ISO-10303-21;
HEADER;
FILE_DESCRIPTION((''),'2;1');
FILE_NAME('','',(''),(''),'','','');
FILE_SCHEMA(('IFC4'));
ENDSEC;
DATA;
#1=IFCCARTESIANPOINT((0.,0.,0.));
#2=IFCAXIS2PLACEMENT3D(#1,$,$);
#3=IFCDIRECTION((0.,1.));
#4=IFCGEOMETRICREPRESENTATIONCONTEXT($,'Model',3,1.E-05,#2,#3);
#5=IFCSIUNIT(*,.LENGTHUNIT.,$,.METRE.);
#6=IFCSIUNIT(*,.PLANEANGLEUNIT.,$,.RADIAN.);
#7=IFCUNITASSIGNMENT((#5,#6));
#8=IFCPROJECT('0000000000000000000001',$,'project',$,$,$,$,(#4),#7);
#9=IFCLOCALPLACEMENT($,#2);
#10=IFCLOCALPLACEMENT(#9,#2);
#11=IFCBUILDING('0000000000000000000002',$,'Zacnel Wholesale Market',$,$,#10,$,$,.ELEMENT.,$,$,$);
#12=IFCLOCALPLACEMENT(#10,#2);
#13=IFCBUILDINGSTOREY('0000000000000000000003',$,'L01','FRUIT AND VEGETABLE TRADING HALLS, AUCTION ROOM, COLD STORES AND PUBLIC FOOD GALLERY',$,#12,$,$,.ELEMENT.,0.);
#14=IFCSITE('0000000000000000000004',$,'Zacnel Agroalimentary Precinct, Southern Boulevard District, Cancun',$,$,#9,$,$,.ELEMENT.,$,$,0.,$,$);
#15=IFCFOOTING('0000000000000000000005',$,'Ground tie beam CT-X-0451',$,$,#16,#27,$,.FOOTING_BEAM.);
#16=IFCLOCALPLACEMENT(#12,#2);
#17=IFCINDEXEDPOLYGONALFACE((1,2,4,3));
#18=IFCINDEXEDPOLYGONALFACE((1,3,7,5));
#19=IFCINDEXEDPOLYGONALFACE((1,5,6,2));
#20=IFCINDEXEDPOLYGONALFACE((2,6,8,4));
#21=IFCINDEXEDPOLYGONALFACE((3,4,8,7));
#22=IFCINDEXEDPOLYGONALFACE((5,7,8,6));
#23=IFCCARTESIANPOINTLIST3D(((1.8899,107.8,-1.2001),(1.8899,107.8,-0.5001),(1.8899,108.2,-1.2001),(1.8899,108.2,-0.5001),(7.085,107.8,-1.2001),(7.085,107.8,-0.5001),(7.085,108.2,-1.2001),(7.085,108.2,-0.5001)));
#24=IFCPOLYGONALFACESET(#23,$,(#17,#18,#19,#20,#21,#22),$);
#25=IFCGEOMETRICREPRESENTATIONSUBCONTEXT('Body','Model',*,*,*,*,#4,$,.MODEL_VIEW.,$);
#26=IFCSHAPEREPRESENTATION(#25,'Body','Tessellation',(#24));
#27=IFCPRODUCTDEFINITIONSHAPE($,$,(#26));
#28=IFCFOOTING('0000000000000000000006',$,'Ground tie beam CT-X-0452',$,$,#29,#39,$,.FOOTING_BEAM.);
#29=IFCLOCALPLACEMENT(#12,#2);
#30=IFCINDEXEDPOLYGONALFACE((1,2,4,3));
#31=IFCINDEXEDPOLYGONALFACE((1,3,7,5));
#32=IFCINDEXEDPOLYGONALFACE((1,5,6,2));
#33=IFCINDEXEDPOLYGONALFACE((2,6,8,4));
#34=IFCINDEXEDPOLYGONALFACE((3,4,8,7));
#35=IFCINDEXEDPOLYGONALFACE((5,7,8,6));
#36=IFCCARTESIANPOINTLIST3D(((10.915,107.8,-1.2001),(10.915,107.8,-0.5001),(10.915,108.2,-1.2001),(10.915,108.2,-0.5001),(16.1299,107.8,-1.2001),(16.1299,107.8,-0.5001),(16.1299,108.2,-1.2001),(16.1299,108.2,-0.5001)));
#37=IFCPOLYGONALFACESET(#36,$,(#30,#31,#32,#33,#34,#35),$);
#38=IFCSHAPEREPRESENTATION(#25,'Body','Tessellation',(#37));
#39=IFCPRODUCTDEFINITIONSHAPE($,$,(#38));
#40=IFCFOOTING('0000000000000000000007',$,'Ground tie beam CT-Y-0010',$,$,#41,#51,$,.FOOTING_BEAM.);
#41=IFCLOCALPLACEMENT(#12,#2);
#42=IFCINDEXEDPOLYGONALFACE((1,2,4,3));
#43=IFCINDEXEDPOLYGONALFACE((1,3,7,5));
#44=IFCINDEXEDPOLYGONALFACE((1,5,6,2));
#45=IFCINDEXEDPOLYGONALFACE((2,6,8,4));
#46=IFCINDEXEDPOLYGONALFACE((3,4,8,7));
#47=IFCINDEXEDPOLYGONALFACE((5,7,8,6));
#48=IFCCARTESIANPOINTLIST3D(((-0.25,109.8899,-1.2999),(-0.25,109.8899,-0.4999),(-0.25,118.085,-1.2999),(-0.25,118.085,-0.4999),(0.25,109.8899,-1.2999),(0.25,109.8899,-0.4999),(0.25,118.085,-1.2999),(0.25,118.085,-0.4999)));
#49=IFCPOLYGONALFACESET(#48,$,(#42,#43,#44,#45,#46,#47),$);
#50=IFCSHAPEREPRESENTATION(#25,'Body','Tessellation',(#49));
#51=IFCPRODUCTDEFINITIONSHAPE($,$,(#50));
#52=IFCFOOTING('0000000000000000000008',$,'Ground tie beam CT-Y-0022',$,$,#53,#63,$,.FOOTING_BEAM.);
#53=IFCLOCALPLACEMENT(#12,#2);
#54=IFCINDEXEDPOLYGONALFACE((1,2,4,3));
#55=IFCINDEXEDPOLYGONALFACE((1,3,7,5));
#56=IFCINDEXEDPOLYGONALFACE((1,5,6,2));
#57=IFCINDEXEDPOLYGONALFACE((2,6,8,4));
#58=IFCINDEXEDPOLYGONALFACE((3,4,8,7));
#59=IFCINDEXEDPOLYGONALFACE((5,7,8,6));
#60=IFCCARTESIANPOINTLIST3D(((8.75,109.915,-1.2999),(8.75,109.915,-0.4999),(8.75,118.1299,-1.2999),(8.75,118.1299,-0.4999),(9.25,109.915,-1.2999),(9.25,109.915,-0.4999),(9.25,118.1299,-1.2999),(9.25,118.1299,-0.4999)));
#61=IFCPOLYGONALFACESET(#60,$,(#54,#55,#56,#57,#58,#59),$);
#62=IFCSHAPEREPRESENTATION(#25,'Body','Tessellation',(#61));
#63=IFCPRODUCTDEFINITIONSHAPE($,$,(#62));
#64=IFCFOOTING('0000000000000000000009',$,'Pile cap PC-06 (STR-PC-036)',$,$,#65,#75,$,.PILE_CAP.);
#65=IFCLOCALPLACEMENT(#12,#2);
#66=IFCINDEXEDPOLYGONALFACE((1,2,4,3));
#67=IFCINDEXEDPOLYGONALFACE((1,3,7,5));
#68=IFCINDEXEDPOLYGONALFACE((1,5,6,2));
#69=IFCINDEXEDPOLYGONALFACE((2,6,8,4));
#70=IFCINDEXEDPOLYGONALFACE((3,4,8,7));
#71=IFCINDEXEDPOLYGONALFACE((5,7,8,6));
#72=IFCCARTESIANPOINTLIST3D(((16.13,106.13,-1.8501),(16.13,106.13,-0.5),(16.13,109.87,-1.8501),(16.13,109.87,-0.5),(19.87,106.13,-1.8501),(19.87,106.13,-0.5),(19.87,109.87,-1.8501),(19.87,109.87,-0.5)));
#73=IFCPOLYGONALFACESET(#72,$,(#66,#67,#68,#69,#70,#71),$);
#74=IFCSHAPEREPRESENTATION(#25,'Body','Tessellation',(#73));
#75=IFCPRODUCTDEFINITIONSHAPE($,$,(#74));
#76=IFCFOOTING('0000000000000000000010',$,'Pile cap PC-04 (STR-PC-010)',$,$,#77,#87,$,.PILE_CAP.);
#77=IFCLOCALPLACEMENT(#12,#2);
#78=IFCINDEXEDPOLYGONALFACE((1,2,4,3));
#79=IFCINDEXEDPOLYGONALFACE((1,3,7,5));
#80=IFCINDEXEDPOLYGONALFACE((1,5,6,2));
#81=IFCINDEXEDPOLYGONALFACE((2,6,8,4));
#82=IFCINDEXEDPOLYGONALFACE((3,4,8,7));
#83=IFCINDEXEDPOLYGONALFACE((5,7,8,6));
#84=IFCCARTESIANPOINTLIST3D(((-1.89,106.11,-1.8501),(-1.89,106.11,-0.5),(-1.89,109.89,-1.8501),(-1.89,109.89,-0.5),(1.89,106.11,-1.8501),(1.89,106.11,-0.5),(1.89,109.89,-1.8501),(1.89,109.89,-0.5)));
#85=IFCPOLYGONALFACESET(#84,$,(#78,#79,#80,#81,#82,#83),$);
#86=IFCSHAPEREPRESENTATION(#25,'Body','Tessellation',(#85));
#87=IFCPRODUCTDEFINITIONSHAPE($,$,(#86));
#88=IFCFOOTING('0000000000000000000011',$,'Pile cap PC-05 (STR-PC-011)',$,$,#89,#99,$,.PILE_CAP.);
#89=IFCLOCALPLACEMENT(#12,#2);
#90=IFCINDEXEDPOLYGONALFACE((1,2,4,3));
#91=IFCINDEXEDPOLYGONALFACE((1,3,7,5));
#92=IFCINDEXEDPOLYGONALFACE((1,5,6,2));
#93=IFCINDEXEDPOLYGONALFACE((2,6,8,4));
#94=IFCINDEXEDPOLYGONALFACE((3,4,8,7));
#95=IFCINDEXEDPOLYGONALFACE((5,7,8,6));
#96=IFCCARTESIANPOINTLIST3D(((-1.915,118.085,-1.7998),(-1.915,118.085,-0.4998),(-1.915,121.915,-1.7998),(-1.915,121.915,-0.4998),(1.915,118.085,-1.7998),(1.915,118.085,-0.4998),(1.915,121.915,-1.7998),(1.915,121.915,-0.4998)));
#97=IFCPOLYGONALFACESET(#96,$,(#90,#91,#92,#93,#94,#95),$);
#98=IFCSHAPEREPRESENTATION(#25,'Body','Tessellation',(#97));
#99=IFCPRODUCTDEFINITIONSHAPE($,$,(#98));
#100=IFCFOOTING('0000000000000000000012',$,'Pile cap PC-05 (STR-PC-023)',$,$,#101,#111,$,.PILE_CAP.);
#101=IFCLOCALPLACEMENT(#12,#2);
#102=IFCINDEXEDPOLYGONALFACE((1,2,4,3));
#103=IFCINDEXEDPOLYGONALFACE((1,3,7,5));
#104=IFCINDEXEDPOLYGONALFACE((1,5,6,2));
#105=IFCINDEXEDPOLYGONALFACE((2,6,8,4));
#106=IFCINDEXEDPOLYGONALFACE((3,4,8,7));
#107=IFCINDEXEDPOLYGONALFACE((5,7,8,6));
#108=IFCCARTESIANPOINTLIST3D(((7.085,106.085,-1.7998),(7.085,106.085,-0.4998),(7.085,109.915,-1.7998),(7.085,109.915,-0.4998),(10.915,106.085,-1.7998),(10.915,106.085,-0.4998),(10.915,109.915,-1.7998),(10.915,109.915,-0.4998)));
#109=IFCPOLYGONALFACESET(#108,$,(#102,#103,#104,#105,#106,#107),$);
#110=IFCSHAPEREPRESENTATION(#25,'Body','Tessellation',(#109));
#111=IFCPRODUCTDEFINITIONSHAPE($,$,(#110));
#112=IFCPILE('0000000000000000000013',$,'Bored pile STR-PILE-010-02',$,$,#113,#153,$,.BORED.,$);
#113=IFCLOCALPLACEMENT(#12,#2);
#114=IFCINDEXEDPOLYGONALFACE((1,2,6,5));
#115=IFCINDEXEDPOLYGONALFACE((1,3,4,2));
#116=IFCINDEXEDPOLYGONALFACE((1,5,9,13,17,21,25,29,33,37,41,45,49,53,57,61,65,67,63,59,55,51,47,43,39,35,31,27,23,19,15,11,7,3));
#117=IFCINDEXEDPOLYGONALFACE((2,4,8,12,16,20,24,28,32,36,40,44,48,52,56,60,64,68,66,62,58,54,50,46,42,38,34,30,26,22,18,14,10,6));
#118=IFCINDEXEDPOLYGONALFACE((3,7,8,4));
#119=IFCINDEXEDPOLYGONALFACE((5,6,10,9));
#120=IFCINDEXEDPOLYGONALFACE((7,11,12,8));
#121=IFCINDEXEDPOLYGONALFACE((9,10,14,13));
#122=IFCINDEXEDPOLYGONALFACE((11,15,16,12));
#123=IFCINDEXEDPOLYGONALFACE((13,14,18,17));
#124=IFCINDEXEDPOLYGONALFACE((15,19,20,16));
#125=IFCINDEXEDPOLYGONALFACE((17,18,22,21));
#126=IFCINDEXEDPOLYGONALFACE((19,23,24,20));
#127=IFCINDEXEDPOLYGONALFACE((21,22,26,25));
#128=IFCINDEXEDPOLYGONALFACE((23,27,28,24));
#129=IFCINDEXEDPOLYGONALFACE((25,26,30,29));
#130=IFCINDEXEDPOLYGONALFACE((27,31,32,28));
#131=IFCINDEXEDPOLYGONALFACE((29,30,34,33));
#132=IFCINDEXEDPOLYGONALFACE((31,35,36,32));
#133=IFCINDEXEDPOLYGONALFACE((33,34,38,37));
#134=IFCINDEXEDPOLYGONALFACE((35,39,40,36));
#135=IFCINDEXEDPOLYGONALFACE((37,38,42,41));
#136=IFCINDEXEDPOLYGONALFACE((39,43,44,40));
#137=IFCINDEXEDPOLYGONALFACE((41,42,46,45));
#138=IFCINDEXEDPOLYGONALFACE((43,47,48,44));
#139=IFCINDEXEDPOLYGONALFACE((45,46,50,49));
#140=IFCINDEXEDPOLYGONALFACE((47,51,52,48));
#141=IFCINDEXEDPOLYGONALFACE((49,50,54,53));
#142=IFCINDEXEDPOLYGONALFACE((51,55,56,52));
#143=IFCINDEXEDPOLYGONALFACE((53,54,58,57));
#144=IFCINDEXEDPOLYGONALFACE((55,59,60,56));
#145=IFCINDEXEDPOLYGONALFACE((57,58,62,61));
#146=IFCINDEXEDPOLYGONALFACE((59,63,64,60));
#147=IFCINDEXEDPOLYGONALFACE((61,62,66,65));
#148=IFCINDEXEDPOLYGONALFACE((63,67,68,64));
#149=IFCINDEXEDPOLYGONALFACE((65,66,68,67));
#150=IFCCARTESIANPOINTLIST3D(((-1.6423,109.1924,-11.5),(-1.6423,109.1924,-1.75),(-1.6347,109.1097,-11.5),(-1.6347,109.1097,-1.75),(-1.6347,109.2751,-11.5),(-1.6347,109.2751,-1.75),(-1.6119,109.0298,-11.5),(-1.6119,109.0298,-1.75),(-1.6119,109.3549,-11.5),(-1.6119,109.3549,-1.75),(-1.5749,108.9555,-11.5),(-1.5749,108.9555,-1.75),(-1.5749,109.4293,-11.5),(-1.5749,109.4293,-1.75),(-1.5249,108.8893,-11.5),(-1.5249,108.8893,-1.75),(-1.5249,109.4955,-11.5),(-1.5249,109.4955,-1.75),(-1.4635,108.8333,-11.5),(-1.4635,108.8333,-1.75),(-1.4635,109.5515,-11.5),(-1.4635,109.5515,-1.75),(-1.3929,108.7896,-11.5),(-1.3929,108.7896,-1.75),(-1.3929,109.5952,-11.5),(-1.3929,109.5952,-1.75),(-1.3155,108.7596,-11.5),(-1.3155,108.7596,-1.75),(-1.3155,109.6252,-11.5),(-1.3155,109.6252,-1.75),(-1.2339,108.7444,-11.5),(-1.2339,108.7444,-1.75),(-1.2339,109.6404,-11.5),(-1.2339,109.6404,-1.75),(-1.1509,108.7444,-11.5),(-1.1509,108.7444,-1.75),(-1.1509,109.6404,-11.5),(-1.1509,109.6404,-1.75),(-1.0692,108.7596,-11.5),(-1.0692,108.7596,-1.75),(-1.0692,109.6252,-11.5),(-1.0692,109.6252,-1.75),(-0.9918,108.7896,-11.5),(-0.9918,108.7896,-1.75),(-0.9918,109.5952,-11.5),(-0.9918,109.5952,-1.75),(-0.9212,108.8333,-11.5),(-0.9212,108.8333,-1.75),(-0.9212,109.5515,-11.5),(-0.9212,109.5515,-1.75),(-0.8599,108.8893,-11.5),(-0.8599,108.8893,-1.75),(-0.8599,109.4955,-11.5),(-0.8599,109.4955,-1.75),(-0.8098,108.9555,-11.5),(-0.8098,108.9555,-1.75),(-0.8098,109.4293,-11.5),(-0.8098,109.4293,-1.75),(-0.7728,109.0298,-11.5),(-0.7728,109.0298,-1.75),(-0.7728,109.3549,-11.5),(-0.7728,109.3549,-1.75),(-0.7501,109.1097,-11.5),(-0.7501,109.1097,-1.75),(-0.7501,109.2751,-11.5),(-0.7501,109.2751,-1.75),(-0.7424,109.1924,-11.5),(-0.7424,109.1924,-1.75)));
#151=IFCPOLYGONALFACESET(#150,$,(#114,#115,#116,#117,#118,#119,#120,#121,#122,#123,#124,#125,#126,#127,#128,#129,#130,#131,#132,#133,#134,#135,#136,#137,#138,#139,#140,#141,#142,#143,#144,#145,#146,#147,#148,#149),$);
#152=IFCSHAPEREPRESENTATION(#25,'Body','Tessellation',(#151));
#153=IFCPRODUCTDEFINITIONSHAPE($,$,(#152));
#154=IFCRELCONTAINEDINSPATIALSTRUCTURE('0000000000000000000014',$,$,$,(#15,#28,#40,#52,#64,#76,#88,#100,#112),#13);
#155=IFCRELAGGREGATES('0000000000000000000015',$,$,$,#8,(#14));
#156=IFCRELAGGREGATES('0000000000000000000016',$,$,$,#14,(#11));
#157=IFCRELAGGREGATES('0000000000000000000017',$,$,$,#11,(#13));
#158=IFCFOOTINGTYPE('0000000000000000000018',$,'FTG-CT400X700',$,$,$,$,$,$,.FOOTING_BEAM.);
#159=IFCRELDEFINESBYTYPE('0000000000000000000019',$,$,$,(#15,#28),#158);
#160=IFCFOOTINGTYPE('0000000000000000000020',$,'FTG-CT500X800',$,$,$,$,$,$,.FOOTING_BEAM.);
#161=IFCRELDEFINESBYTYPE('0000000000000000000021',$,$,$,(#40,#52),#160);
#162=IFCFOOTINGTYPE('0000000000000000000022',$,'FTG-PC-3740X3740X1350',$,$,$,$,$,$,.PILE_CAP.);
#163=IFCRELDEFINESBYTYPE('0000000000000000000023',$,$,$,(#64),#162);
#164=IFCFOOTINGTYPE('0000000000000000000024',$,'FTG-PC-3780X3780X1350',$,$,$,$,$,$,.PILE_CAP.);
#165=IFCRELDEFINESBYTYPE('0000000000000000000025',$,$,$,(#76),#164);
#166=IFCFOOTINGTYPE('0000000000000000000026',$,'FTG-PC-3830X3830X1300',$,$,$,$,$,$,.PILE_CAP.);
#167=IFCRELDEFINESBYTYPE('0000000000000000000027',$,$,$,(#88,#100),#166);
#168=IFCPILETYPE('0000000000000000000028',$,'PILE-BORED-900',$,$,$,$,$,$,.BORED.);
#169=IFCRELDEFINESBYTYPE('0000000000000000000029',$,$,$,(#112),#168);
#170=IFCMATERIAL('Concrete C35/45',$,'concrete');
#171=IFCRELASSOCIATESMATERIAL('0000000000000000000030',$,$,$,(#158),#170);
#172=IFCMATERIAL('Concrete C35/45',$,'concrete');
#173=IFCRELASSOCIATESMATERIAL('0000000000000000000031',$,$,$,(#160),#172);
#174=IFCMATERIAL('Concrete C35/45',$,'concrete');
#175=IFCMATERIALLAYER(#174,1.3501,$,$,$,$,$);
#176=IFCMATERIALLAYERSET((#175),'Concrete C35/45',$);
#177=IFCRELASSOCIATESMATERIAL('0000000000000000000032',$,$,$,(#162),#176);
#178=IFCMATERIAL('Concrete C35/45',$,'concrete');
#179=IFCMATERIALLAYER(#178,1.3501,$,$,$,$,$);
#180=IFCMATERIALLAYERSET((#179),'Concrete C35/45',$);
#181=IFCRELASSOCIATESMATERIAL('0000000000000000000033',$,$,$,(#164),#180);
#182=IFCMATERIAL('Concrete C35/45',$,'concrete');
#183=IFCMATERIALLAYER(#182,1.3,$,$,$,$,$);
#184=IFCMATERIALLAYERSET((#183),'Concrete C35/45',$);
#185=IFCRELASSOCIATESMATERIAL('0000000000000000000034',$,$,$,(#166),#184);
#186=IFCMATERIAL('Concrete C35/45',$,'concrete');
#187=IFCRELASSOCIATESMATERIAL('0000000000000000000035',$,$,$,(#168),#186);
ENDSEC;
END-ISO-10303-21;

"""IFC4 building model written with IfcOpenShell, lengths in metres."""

from ifc_helpers import new_model, si_unit, direction, frame, origin, origin_2d, place, context, subcontext, project, spatial, rectangle, circle, extrude, material, layer, layer_set, material_profile, profile_set, type_object, element, save


model = new_model("IFC4")

# Units and contexts
model_context = context("Model", 3, precision=1e-05, world=origin(), true_north=direction((0.0, 1.0)))
body_context = subcontext(model_context, "Body", "Model", "MODEL_VIEW")
ifc_project = project(units=[si_unit("LENGTHUNIT", "METRE"), si_unit("PLANEANGLEUNIT", "RADIAN")], contexts=[model_context])

# Site, building, storey
site_placement = place(None, origin())
site = spatial("IfcSite", under=ifc_project, at=site_placement, Name="Zacnel Agroalimentary Precinct, Southern Boulevard District, Cancun", CompositionType="ELEMENT", RefElevation=0.0)
building_placement = place(site_placement, origin())
building = spatial("IfcBuilding", under=site, at=building_placement, Name="Zacnel Wholesale Market", CompositionType="ELEMENT")
storey_placement = place(building_placement, origin())
storey = spatial("IfcBuildingStorey", under=building, at=storey_placement, Name="L01", Description="FRUIT AND VEGETABLE TRADING HALLS, AUCTION ROOM, COLD STORES AND PUBLIC FOOD GALLERY", CompositionType="ELEMENT", Elevation=0.0)

# Footings
ifc_material_1 = material(Name="Concrete C35/45", Category="concrete")
ifc_material_profile_1 = material_profile(ifc_material_1, rectangle(XDim=0.3999, YDim=0.7, at=origin_2d()), Name="CT 400x700")
ifc_profile_set_1 = profile_set([ifc_material_profile_1], Name="Concrete C35/45")
footing_type_1 = type_object("IfcFootingType", Name="FTG-CT400X700", PredefinedType="FOOTING_BEAM", material=ifc_profile_set_1)
footing_1_placement = place(storey_placement, frame((1.8899, 108.0, -0.8501), z_axis=(1.0, 0.0, 0.0), x_axis=(0.0, 1.0, 0.0)))
element("IfcFooting", 1, at=footing_1_placement, inside=storey, type_object=footing_type_1, Name="Ground tie beam CT-X-0451", PredefinedType="FOOTING_BEAM", context=body_context, shape_type="SweptSolid", body=[
    extrude(rectangle(XDim=0.3999, YDim=0.7, at=origin_2d()), origin(), (0.0, 0.0, 1.0), 5.1951),
])
footing_2_placement = place(storey_placement, frame((10.915, 108.0, -0.8501), z_axis=(1.0, 0.0, 0.0), x_axis=(0.0, 1.0, 0.0)))
element("IfcFooting", 2, at=footing_2_placement, inside=storey, type_object=footing_type_1, Name="Ground tie beam CT-X-0452", PredefinedType="FOOTING_BEAM", context=body_context, shape_type="SweptSolid", body=[
    extrude(rectangle(XDim=0.3999, YDim=0.7, at=origin_2d()), origin(), (0.0, 0.0, 1.0), 5.2148),
])
ifc_material_2 = material(Name="Concrete C35/45", Category="concrete")
ifc_material_profile_2 = material_profile(ifc_material_2, rectangle(XDim=0.5, YDim=0.8, at=origin_2d()), Name="CT 500x800")
ifc_profile_set_2 = profile_set([ifc_material_profile_2], Name="Concrete C35/45")
footing_type_2 = type_object("IfcFootingType", Name="FTG-CT500X800", PredefinedType="FOOTING_BEAM", material=ifc_profile_set_2)
footing_3_placement = place(storey_placement, frame((0.0, 109.8899, -0.8999), z_axis=(0.0, 1.0, 0.0), x_axis=(-1.0, 0.0, 0.0)))
element("IfcFooting", 3, at=footing_3_placement, inside=storey, type_object=footing_type_2, Name="Ground tie beam CT-Y-0010", PredefinedType="FOOTING_BEAM", context=body_context, shape_type="SweptSolid", body=[
    extrude(rectangle(XDim=0.5, YDim=0.8, at=origin_2d()), origin(), (0.0, 0.0, 1.0), 8.1951),
])
footing_4_placement = place(storey_placement, frame((9.0, 109.915, -0.8999), z_axis=(0.0, 1.0, 0.0), x_axis=(-1.0, 0.0, 0.0)))
element("IfcFooting", 4, at=footing_4_placement, inside=storey, type_object=footing_type_2, Name="Ground tie beam CT-Y-0022", PredefinedType="FOOTING_BEAM", context=body_context, shape_type="SweptSolid", body=[
    extrude(rectangle(XDim=0.5, YDim=0.8, at=origin_2d()), origin(), (0.0, 0.0, 1.0), 8.2148),
])
ifc_material_3 = material(Name="Concrete C35/45", Category="concrete")
ifc_layer_1 = layer(ifc_material_3, 1.3501)
ifc_layer_set_1 = layer_set([ifc_layer_1], Name="Concrete C35/45")
footing_type_3 = type_object("IfcFootingType", Name="FTG-PC-3740X3740X1350", PredefinedType="PILE_CAP", material=ifc_layer_set_1)
footing_5_placement = place(storey_placement, frame((18.0, 108.0, -1.8501), z_axis=(0.0, 0.0, 1.0), x_axis=(1.0, 0.0, 0.0)))
element("IfcFooting", 5, at=footing_5_placement, inside=storey, type_object=footing_type_3, Name="Pile cap PC-06 (STR-PC-036)", PredefinedType="PILE_CAP", context=body_context, shape_type="SweptSolid", body=[
    extrude(rectangle(XDim=3.74, YDim=3.74, at=origin_2d()), origin(), (0.0, 0.0, 1.0), 1.3501),
])
ifc_material_4 = material(Name="Concrete C35/45", Category="concrete")
ifc_layer_2 = layer(ifc_material_4, 1.3501)
ifc_layer_set_2 = layer_set([ifc_layer_2], Name="Concrete C35/45")
footing_type_4 = type_object("IfcFootingType", Name="FTG-PC-3780X3780X1350", PredefinedType="PILE_CAP", material=ifc_layer_set_2)
footing_6_placement = place(storey_placement, frame((0.0, 108.0, -1.8501), z_axis=(0.0, 0.0, 1.0), x_axis=(1.0, 0.0, 0.0)))
element("IfcFooting", 6, at=footing_6_placement, inside=storey, type_object=footing_type_4, Name="Pile cap PC-04 (STR-PC-010)", PredefinedType="PILE_CAP", context=body_context, shape_type="SweptSolid", body=[
    extrude(rectangle(XDim=3.78, YDim=3.78, at=origin_2d()), origin(), (0.0, 0.0, 1.0), 1.3501),
])
ifc_material_5 = material(Name="Concrete C35/45", Category="concrete")
ifc_layer_3 = layer(ifc_material_5, 1.3)
ifc_layer_set_3 = layer_set([ifc_layer_3], Name="Concrete C35/45")
footing_type_5 = type_object("IfcFootingType", Name="FTG-PC-3830X3830X1300", PredefinedType="PILE_CAP", material=ifc_layer_set_3)
for number, where, z_axis, x_axis, name in (
    (7, (0.0, 120.0, -1.7998), (0.0, 0.0, 1.0), (1.0, 0.0, 0.0), "Pile cap PC-05 (STR-PC-011)"),
    (8, (9.0, 108.0, -1.7998), (0.0, 0.0, 1.0), (1.0, 0.0, 0.0), "Pile cap PC-05 (STR-PC-023)"),
):
    element("IfcFooting", number, at=place(storey_placement, frame(where, z_axis=z_axis, x_axis=x_axis)), inside=storey, type_object=footing_type_5, Name=name, PredefinedType="PILE_CAP", context=body_context, shape_type="SweptSolid", body=[
        extrude(rectangle(XDim=3.8301, YDim=3.8301, at=origin_2d()), origin(), (0.0, 0.0, 1.0), 1.3),
    ])

# Pile
ifc_material_6 = material(Name="Concrete C35/45", Category="concrete")
ifc_material_profile_3 = material_profile(ifc_material_6, circle(Radius=0.45, at=origin_2d()), Name="BORED PILE D900")
ifc_profile_set_3 = profile_set([ifc_material_profile_3], Name="Concrete C35/45")
pile_type = type_object("IfcPileType", Name="PILE-BORED-900", PredefinedType="BORED", material=ifc_profile_set_3)
for number, where, z_axis, x_axis, name in (
    (9, (-1.1924, 109.1924, -1.75), (0.0, 0.0, -1.0), (1.0, 0.0, 0.0), "Bored pile STR-PILE-010-02"),
):
    element("IfcPile", number, at=place(storey_placement, frame(where, z_axis=z_axis, x_axis=x_axis)), inside=storey, type_object=pile_type, Name=name, PredefinedType="BORED", context=body_context, shape_type="SweptSolid", body=[
        extrude(circle(Radius=0.45, at=origin_2d()), origin(), (0.0, 0.0, 1.0), 9.75),
    ])

save(model, "model.ifc")
